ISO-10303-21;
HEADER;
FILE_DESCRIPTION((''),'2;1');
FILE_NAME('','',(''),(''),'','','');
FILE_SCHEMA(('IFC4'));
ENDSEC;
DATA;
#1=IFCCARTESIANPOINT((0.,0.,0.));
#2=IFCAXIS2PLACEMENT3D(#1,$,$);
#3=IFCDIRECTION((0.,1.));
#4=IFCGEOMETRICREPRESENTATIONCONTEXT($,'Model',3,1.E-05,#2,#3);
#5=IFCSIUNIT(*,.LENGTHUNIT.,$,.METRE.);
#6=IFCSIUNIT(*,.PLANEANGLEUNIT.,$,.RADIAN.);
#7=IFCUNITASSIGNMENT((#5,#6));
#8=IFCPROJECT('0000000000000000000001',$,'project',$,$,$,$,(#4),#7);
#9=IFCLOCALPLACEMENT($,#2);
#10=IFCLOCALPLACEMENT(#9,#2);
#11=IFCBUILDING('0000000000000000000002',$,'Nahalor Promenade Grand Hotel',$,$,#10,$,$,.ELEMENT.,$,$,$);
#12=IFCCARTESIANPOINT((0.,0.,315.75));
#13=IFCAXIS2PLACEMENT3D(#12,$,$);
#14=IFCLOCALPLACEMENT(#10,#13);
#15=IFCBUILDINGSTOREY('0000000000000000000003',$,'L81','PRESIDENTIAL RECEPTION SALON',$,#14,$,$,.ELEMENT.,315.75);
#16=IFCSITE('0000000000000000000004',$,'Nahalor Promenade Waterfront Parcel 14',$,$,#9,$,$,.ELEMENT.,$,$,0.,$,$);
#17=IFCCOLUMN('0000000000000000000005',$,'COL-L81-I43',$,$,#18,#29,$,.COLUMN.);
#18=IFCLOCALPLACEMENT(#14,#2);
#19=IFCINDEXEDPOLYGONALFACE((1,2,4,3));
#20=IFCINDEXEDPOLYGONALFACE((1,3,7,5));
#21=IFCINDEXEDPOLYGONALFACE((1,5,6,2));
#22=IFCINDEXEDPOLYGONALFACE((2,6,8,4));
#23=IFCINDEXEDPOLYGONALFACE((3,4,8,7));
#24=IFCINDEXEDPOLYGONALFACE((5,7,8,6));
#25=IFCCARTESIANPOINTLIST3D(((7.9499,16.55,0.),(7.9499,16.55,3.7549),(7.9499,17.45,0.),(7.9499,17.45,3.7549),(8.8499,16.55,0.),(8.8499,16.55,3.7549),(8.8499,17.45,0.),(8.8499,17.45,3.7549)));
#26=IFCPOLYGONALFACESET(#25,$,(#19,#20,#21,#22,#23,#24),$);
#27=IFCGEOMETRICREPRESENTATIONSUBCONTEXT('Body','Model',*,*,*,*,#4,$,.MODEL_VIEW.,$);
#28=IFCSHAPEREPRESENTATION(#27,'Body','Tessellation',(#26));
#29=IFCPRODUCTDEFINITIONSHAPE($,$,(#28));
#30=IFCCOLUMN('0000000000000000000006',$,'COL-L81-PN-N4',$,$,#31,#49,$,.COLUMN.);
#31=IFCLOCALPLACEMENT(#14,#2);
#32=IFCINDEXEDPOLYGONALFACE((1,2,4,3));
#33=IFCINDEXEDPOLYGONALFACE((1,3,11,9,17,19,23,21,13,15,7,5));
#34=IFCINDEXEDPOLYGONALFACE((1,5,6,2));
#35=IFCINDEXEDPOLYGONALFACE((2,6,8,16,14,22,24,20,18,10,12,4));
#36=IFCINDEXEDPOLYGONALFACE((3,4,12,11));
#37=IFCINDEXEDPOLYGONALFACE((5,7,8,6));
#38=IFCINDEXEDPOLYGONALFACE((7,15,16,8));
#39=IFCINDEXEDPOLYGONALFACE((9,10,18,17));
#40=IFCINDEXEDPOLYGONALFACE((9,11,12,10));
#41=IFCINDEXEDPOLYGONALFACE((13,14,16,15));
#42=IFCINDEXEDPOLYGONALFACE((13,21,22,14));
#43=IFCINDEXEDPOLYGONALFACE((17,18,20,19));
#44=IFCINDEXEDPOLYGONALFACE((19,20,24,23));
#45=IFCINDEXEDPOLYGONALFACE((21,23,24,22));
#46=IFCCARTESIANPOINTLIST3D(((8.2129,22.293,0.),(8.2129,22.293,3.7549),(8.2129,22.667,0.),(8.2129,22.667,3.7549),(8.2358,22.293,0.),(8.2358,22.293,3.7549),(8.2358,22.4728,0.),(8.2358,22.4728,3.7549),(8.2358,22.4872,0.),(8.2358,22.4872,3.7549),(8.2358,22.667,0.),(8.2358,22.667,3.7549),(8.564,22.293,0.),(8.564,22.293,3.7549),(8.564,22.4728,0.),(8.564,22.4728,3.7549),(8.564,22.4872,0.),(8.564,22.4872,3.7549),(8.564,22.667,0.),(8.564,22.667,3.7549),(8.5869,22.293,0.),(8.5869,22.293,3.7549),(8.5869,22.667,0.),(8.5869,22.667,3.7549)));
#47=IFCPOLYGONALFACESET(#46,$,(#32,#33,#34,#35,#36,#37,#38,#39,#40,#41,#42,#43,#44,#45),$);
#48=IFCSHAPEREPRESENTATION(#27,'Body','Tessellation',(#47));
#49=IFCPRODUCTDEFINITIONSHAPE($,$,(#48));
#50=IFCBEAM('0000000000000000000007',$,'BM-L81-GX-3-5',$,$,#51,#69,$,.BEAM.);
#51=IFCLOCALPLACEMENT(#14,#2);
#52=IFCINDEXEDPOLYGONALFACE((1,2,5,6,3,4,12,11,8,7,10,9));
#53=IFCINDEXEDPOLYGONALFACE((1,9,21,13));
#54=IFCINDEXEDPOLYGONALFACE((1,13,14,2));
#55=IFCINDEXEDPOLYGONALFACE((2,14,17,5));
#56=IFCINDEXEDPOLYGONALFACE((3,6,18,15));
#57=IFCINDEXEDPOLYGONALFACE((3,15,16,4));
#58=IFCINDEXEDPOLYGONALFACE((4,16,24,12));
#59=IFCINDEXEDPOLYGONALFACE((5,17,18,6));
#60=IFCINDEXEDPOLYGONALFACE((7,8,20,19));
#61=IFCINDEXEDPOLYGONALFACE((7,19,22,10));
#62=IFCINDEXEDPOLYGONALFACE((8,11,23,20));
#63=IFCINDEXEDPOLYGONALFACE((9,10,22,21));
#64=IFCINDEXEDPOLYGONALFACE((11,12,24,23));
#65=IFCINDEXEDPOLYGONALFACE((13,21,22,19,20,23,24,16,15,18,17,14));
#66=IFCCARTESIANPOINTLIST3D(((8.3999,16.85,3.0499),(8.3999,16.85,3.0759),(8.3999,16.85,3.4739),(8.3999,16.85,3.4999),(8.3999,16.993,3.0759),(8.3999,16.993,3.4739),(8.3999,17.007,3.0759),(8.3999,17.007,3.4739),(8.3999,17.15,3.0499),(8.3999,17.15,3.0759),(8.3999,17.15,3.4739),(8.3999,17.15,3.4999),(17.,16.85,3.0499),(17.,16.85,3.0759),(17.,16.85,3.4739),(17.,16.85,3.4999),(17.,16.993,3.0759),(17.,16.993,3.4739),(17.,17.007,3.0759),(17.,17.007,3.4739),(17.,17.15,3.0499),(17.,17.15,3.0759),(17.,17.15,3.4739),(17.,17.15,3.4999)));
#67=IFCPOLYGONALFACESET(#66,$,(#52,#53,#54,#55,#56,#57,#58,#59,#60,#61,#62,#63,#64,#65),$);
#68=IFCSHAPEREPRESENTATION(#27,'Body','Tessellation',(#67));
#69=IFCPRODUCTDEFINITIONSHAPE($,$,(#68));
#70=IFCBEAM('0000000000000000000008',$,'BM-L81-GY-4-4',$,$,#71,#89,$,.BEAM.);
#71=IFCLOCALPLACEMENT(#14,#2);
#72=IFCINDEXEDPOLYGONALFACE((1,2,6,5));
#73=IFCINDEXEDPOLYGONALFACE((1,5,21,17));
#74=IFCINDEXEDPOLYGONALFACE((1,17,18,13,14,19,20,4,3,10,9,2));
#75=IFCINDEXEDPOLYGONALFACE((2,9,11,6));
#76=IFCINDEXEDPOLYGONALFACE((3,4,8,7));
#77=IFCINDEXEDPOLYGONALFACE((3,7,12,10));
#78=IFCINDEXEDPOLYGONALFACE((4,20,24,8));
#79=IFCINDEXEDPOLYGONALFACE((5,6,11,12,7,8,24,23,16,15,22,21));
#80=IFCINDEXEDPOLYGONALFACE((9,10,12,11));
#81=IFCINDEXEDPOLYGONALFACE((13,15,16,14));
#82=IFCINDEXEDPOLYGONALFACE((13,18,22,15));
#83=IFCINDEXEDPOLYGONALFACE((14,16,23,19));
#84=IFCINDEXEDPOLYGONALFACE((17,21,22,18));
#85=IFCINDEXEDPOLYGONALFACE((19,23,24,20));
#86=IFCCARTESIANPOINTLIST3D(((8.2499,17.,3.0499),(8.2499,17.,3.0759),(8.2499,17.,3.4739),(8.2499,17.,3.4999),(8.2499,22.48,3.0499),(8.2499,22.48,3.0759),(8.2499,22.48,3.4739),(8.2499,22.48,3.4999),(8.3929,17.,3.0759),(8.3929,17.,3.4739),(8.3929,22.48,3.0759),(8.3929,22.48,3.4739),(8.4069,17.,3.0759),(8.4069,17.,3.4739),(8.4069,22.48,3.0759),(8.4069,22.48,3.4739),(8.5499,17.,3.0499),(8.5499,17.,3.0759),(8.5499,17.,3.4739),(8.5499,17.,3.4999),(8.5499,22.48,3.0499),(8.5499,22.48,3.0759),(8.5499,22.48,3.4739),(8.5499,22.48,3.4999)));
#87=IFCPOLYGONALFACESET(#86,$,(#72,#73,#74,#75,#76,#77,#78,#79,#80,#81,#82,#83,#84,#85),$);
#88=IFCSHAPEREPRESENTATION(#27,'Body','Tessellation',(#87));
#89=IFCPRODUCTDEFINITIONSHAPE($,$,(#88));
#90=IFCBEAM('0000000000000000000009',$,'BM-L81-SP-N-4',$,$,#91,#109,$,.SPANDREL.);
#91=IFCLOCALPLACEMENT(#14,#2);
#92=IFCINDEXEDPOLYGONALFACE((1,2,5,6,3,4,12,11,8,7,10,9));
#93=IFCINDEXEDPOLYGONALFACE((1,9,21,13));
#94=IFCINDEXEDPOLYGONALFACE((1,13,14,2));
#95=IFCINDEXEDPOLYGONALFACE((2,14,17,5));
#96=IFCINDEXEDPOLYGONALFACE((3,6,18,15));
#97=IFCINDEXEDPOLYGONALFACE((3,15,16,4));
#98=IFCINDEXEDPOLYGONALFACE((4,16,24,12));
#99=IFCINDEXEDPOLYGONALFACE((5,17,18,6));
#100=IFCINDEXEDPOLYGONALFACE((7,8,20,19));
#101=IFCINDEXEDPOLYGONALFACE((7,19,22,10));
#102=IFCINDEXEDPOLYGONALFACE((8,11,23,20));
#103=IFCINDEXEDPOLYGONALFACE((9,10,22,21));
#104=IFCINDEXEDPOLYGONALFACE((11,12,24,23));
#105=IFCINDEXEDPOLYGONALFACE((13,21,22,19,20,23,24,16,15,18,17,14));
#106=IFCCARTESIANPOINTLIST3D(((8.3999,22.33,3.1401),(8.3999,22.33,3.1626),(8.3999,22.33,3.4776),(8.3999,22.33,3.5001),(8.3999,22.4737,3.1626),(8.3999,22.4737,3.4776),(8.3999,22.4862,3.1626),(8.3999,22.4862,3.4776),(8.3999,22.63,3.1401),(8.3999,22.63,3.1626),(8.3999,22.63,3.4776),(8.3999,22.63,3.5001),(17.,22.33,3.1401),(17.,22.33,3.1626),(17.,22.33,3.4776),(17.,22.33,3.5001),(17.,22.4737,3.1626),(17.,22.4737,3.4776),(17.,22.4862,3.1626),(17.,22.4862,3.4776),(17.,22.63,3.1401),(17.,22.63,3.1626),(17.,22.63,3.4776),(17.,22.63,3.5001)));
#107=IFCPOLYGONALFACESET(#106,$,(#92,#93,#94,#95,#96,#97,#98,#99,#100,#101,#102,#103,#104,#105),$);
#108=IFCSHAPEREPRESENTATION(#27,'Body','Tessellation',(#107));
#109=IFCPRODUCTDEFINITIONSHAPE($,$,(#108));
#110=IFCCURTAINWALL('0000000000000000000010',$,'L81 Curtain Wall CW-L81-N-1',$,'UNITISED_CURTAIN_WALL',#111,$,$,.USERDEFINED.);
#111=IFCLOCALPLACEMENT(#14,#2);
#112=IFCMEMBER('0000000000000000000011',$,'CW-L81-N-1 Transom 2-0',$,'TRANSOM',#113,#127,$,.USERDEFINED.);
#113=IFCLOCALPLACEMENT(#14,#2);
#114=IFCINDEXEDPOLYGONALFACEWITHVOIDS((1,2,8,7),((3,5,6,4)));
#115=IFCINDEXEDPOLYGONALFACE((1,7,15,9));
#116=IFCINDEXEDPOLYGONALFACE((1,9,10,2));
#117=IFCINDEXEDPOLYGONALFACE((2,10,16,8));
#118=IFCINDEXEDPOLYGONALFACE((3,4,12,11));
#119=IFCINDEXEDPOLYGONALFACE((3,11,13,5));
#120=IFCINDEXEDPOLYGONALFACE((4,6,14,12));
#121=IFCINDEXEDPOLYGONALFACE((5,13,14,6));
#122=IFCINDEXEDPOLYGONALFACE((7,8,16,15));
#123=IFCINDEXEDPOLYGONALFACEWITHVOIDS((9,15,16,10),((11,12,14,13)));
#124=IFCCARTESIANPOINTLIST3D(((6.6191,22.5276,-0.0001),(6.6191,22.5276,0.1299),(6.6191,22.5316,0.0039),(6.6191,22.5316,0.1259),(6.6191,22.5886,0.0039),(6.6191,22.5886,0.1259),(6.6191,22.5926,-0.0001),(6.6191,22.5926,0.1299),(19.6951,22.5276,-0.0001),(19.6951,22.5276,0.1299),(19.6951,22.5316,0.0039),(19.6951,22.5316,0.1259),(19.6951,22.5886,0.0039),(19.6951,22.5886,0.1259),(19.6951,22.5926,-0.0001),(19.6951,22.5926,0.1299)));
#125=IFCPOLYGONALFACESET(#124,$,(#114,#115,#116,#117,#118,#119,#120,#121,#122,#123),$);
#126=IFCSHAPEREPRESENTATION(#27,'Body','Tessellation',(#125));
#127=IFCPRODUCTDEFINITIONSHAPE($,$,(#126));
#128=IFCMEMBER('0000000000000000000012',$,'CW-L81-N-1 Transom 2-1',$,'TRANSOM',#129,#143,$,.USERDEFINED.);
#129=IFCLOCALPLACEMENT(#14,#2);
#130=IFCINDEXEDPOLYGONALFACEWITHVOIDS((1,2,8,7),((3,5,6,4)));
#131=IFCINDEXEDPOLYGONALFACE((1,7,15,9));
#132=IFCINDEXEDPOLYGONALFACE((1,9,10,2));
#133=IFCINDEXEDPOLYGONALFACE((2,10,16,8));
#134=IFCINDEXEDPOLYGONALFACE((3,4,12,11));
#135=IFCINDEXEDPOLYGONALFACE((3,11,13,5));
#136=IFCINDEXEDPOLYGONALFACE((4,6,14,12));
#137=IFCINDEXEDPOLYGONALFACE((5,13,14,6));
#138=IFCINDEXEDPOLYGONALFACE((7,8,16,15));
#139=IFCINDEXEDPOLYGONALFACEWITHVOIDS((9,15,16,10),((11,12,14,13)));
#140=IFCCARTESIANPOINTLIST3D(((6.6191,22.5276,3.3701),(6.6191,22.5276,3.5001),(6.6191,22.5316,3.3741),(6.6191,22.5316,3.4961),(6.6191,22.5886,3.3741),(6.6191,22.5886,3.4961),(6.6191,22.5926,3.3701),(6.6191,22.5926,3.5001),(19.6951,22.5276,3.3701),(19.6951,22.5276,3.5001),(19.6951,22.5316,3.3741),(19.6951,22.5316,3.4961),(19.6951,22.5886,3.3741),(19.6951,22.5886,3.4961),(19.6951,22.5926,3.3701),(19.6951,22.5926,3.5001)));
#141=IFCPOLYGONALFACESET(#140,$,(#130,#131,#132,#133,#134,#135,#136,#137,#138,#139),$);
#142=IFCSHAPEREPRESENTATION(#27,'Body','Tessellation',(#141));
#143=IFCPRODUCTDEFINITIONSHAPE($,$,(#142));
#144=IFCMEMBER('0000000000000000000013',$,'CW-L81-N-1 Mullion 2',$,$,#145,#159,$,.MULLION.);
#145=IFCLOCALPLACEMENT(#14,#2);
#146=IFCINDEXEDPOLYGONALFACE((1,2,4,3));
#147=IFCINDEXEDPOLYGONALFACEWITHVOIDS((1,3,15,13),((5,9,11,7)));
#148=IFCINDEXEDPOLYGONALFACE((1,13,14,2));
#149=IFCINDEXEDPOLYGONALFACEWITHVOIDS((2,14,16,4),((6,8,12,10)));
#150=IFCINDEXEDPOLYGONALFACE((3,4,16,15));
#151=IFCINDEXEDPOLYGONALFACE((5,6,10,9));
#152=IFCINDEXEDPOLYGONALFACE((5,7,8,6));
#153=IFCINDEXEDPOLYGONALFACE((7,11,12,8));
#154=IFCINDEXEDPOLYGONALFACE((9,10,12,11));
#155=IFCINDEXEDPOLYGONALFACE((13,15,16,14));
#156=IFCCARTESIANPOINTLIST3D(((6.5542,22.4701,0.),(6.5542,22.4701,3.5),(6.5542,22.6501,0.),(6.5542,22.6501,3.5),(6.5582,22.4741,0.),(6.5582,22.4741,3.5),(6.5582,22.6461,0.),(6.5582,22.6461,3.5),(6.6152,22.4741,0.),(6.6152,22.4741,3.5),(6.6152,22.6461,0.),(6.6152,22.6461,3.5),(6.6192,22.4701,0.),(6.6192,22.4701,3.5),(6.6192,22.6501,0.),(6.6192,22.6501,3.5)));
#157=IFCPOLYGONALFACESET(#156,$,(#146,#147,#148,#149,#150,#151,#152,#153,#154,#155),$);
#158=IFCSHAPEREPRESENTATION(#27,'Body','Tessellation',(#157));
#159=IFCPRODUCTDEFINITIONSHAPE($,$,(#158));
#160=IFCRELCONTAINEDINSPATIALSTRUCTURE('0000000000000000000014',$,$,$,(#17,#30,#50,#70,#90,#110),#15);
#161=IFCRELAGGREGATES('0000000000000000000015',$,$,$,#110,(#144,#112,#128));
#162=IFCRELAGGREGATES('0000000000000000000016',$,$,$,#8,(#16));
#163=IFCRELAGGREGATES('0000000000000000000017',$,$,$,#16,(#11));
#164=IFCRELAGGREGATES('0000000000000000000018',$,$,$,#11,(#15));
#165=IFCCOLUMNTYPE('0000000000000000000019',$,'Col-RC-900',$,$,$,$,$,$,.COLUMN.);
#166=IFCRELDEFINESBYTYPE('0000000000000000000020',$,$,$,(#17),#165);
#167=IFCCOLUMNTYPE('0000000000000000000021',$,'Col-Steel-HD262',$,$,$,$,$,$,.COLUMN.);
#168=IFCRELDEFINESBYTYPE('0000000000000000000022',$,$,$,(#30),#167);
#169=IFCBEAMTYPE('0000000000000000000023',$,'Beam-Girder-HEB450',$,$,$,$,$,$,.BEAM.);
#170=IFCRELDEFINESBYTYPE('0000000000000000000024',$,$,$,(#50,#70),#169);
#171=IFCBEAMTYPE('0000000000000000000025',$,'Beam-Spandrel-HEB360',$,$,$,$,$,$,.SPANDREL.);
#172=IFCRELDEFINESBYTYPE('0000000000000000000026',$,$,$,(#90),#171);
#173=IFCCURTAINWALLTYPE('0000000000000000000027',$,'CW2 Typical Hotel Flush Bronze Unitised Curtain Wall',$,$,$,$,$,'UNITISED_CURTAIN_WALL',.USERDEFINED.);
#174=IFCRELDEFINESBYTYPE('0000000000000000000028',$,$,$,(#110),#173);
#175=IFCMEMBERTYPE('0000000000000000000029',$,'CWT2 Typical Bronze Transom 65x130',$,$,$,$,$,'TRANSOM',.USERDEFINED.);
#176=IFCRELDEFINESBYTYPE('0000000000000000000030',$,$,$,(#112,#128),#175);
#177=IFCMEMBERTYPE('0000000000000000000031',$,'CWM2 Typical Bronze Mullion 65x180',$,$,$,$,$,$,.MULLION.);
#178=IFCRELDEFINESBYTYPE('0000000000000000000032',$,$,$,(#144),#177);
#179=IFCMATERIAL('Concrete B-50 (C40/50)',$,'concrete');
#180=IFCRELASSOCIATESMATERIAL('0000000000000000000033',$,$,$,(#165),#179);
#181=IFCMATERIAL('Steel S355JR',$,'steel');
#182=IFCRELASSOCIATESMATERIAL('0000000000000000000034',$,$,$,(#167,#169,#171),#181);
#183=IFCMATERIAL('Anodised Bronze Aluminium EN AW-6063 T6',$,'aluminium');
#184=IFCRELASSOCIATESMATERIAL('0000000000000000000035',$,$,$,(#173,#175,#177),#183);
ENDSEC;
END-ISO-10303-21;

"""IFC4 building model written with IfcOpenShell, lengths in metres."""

from ifc_helpers import new_model, si_unit, direction, frame, origin, origin_2d, place, context, subcontext, project, spatial, rectangle, hollow_rectangle, i_section, extrude, source, transform, mapped, material, material_profile, profile_set, type_object, element, aggregate, save


model = new_model("IFC4")

# Units and contexts
model_context = context("Model", 3, precision=1e-05, world=origin(), true_north=direction((0.0, 1.0)))
body_context = subcontext(model_context, "Body", "Model", "MODEL_VIEW")
ifc_project = project(units=[si_unit("LENGTHUNIT", "METRE"), si_unit("PLANEANGLEUNIT", "RADIAN")], contexts=[model_context])

# Site, building, storey
site_placement = place(None, origin())
site = spatial("IfcSite", under=ifc_project, at=site_placement, Name="Nahalor Promenade Waterfront Parcel 14", CompositionType="ELEMENT", RefElevation=0.0)
building_placement = place(site_placement, origin())
building = spatial("IfcBuilding", under=site, at=building_placement, Name="Nahalor Promenade Grand Hotel", CompositionType="ELEMENT")
storey_placement = place(building_placement, frame((0.0, 0.0, 315.75)))
storey = spatial("IfcBuildingStorey", under=building, at=storey_placement, Name="L81", Description="PRESIDENTIAL RECEPTION SALON", CompositionType="ELEMENT", Elevation=315.75)

# Columns
ifc_material_1 = material(Name="Concrete B-50 (C40/50)", Category="concrete")
ifc_material_profile_1 = material_profile(ifc_material_1, rectangle(XDim=0.9, YDim=0.9, at=origin_2d()), Name="RC 900x900")
ifc_profile_set_1 = profile_set([ifc_material_profile_1], Name="Concrete B-50 (C40/50)")
column_type_1 = type_object("IfcColumnType", Name="Col-RC-900", PredefinedType="COLUMN", material=ifc_profile_set_1)
shared_shape_1 = source(origin(), body_context, "Body", "SweptSolid", [
    extrude(rectangle(XDim=0.9, YDim=0.9, at=origin_2d()), origin(), (0.0, 0.0, 1.0), 3.7549),
])
column_1_placement = place(storey_placement, frame((8.3999, 17.0, 0.0), z_axis=(0.0, 0.0, 1.0), x_axis=(1.0, 0.0, 0.0)))
element("IfcColumn", 1, at=column_1_placement, inside=storey, type_object=column_type_1, Name="COL-L81-I43", PredefinedType="COLUMN", context=body_context, shape_type="MappedRepresentation", body=[
    mapped(shared_shape_1, transform((0.0, 0.0, 0.0), scale=1.0)),
])
ifc_material_2 = material(Name="Steel S355JR", Category="steel")
ifc_material_profile_2 = material_profile(ifc_material_2, i_section(OverallWidth=0.374, OverallDepth=0.374, WebThickness=0.0144, FlangeThickness=0.0229, at=origin_2d()), Name="HD 360x262")
ifc_profile_set_2 = profile_set([ifc_material_profile_2], Name="Steel S355JR")
column_type_2 = type_object("IfcColumnType", Name="Col-Steel-HD262", PredefinedType="COLUMN", material=ifc_profile_set_2)
shared_shape_2 = source(origin(), body_context, "Body", "SweptSolid", [
    extrude(i_section(OverallWidth=0.374, OverallDepth=0.374, WebThickness=0.0144, FlangeThickness=0.0229, at=origin_2d()), origin(), (0.0, 0.0, 1.0), 3.7549),
])
column_2_placement = place(storey_placement, frame((8.3999, 22.48, 0.0), z_axis=(0.0, 0.0, 1.0), x_axis=(0.0, 1.0, 0.0)))
element("IfcColumn", 2, at=column_2_placement, inside=storey, type_object=column_type_2, Name="COL-L81-PN-N4", PredefinedType="COLUMN", context=body_context, shape_type="MappedRepresentation", body=[
    mapped(shared_shape_2, transform((0.0, 0.0, 0.0), scale=1.0)),
])

# Beams
ifc_material_profile_3 = material_profile(ifc_material_2, i_section(OverallWidth=0.3, OverallDepth=0.45, WebThickness=0.014, FlangeThickness=0.026, at=origin_2d()), Name="HEB 450")
ifc_profile_set_3 = profile_set([ifc_material_profile_3], Name="Steel S355JR")
beam_type_1 = type_object("IfcBeamType", Name="Beam-Girder-HEB450", PredefinedType="BEAM", material=ifc_profile_set_3)
shared_shape_3 = source(origin(), body_context, "Body", "SweptSolid", [
    extrude(i_section(OverallWidth=0.3, OverallDepth=0.45, WebThickness=0.014, FlangeThickness=0.026, at=origin_2d()), origin(), (0.0, 0.0, 1.0), 8.6001),
])
beam_1_placement = place(storey_placement, frame((8.3999, 17.0, 3.2749), z_axis=(1.0, 0.0, 0.0), x_axis=(0.0, 1.0, 0.0)))
element("IfcBeam", 3, at=beam_1_placement, inside=storey, type_object=beam_type_1, Name="BM-L81-GX-3-5", PredefinedType="BEAM", context=body_context, shape_type="MappedRepresentation", body=[
    mapped(shared_shape_3, transform((0.0, 0.0, 0.0), scale=1.0)),
])
shared_shape_4 = source(origin(), body_context, "Body", "SweptSolid", [
    extrude(i_section(OverallWidth=0.3, OverallDepth=0.45, WebThickness=0.014, FlangeThickness=0.026, at=origin_2d()), origin(), (0.0, 0.0, 1.0), 5.48),
])
beam_2_placement = place(storey_placement, frame((8.3999, 17.0, 3.2749), z_axis=(0.0, 1.0, 0.0), x_axis=(-1.0, 0.0, 0.0)))
element("IfcBeam", 4, at=beam_2_placement, inside=storey, type_object=beam_type_1, Name="BM-L81-GY-4-4", PredefinedType="BEAM", context=body_context, shape_type="MappedRepresentation", body=[
    mapped(shared_shape_4, transform((0.0, 0.0, 0.0), scale=1.0)),
])
ifc_material_profile_4 = material_profile(ifc_material_2, i_section(OverallWidth=0.3, OverallDepth=0.36, WebThickness=0.0125, FlangeThickness=0.0225, at=origin_2d()), Name="HEB 360")
ifc_profile_set_4 = profile_set([ifc_material_profile_4], Name="Steel S355JR")
beam_type_2 = type_object("IfcBeamType", Name="Beam-Spandrel-HEB360", PredefinedType="SPANDREL", material=ifc_profile_set_4)
shared_shape_5 = source(origin(), body_context, "Body", "SweptSolid", [
    extrude(i_section(OverallWidth=0.3, OverallDepth=0.36, WebThickness=0.0125, FlangeThickness=0.0225, at=origin_2d()), origin(), (0.0, 0.0, 1.0), 8.6001),
])
beam_3_placement = place(storey_placement, frame((8.3999, 22.48, 3.3201), z_axis=(1.0, 0.0, 0.0), x_axis=(0.0, 1.0, 0.0)))
element("IfcBeam", 5, at=beam_3_placement, inside=storey, type_object=beam_type_2, Name="BM-L81-SP-N-4", PredefinedType="SPANDREL", context=body_context, shape_type="MappedRepresentation", body=[
    mapped(shared_shape_5, transform((0.0, 0.0, 0.0), scale=1.0)),
])

# Curtain wall, members
ifc_material_3 = material(Name="Anodised Bronze Aluminium EN AW-6063 T6", Category="aluminium")
curtain_wall_type = type_object("IfcCurtainWallType", Name="CW2 Typical Hotel Flush Bronze Unitised Curtain Wall", ElementType="UNITISED_CURTAIN_WALL", PredefinedType="USERDEFINED", material=ifc_material_3)
curtain_wall_placement = place(storey_placement, origin())
curtain_wall = element("IfcCurtainWall", 6, at=curtain_wall_placement, inside=storey, type_object=curtain_wall_type, Name="L81 Curtain Wall CW-L81-N-1", ObjectType="UNITISED_CURTAIN_WALL", PredefinedType="USERDEFINED")
ifc_material_profile_5 = material_profile(ifc_material_3, hollow_rectangle(XDim=0.065, YDim=0.13, WallThickness=0.004, at=origin_2d()), Name="CWT 65x130x4")
ifc_profile_set_5 = profile_set([ifc_material_profile_5], Name="Anodised Bronze Aluminium EN AW-6063 T6")
member_type_1 = type_object("IfcMemberType", Name="CWT2 Typical Bronze Transom 65x130", ElementType="TRANSOM", PredefinedType="USERDEFINED", material=ifc_profile_set_5)
shared_shape_6 = source(origin(), body_context, "Body", "SweptSolid", [
    extrude(hollow_rectangle(XDim=0.065, YDim=0.13, WallThickness=0.004, at=origin_2d()), origin(), (0.0, 0.0, 1.0), 13.0759),
])
member_1_placement = place(storey_placement, frame((6.6191, 22.5601, 0.0649), z_axis=(1.0, 0.0, 0.0), x_axis=(0.0, 1.0, 0.0)))
member_1 = element("IfcMember", 7, at=member_1_placement, type_object=member_type_1, Name="CW-L81-N-1 Transom 2-0", ObjectType="TRANSOM", PredefinedType="USERDEFINED", context=body_context, shape_type="MappedRepresentation", body=[
    mapped(shared_shape_6, transform((0.0, 0.0, 0.0), scale=1.0)),
])
member_2_placement = place(storey_placement, frame((6.6191, 22.5601, 3.4351), z_axis=(1.0, 0.0, 0.0), x_axis=(0.0, 1.0, 0.0)))
member_2 = element("IfcMember", 8, at=member_2_placement, type_object=member_type_1, Name="CW-L81-N-1 Transom 2-1", ObjectType="TRANSOM", PredefinedType="USERDEFINED", context=body_context, shape_type="MappedRepresentation", body=[
    mapped(shared_shape_6, transform((0.0, 0.0, 0.0), scale=1.0)),
])
ifc_material_profile_6 = material_profile(ifc_material_3, hollow_rectangle(XDim=0.065, YDim=0.18, WallThickness=0.004, at=origin_2d()), Name="CWM 65x180x4")
ifc_profile_set_6 = profile_set([ifc_material_profile_6], Name="Anodised Bronze Aluminium EN AW-6063 T6")
member_type_2 = type_object("IfcMemberType", Name="CWM2 Typical Bronze Mullion 65x180", PredefinedType="MULLION", material=ifc_profile_set_6)
shared_shape_7 = source(origin(), body_context, "Body", "SweptSolid", [
    extrude(hollow_rectangle(XDim=0.065, YDim=0.18, WallThickness=0.004, at=origin_2d()), origin(), (0.0, 0.0, 1.0), 3.5),
])
member_3_placement = place(storey_placement, frame((6.5867, 22.5601, 0.0), z_axis=(0.0, 0.0, 1.0), x_axis=(1.0, 0.0, 0.0)))
member_3 = element("IfcMember", 9, at=member_3_placement, type_object=member_type_2, Name="CW-L81-N-1 Mullion 2", PredefinedType="MULLION", context=body_context, shape_type="MappedRepresentation", body=[
    mapped(shared_shape_7, transform((0.0, 0.0, 0.0), scale=1.0)),
])
aggregate(curtain_wall, [member_3, member_1, member_2])

save(model, "model.ifc")
